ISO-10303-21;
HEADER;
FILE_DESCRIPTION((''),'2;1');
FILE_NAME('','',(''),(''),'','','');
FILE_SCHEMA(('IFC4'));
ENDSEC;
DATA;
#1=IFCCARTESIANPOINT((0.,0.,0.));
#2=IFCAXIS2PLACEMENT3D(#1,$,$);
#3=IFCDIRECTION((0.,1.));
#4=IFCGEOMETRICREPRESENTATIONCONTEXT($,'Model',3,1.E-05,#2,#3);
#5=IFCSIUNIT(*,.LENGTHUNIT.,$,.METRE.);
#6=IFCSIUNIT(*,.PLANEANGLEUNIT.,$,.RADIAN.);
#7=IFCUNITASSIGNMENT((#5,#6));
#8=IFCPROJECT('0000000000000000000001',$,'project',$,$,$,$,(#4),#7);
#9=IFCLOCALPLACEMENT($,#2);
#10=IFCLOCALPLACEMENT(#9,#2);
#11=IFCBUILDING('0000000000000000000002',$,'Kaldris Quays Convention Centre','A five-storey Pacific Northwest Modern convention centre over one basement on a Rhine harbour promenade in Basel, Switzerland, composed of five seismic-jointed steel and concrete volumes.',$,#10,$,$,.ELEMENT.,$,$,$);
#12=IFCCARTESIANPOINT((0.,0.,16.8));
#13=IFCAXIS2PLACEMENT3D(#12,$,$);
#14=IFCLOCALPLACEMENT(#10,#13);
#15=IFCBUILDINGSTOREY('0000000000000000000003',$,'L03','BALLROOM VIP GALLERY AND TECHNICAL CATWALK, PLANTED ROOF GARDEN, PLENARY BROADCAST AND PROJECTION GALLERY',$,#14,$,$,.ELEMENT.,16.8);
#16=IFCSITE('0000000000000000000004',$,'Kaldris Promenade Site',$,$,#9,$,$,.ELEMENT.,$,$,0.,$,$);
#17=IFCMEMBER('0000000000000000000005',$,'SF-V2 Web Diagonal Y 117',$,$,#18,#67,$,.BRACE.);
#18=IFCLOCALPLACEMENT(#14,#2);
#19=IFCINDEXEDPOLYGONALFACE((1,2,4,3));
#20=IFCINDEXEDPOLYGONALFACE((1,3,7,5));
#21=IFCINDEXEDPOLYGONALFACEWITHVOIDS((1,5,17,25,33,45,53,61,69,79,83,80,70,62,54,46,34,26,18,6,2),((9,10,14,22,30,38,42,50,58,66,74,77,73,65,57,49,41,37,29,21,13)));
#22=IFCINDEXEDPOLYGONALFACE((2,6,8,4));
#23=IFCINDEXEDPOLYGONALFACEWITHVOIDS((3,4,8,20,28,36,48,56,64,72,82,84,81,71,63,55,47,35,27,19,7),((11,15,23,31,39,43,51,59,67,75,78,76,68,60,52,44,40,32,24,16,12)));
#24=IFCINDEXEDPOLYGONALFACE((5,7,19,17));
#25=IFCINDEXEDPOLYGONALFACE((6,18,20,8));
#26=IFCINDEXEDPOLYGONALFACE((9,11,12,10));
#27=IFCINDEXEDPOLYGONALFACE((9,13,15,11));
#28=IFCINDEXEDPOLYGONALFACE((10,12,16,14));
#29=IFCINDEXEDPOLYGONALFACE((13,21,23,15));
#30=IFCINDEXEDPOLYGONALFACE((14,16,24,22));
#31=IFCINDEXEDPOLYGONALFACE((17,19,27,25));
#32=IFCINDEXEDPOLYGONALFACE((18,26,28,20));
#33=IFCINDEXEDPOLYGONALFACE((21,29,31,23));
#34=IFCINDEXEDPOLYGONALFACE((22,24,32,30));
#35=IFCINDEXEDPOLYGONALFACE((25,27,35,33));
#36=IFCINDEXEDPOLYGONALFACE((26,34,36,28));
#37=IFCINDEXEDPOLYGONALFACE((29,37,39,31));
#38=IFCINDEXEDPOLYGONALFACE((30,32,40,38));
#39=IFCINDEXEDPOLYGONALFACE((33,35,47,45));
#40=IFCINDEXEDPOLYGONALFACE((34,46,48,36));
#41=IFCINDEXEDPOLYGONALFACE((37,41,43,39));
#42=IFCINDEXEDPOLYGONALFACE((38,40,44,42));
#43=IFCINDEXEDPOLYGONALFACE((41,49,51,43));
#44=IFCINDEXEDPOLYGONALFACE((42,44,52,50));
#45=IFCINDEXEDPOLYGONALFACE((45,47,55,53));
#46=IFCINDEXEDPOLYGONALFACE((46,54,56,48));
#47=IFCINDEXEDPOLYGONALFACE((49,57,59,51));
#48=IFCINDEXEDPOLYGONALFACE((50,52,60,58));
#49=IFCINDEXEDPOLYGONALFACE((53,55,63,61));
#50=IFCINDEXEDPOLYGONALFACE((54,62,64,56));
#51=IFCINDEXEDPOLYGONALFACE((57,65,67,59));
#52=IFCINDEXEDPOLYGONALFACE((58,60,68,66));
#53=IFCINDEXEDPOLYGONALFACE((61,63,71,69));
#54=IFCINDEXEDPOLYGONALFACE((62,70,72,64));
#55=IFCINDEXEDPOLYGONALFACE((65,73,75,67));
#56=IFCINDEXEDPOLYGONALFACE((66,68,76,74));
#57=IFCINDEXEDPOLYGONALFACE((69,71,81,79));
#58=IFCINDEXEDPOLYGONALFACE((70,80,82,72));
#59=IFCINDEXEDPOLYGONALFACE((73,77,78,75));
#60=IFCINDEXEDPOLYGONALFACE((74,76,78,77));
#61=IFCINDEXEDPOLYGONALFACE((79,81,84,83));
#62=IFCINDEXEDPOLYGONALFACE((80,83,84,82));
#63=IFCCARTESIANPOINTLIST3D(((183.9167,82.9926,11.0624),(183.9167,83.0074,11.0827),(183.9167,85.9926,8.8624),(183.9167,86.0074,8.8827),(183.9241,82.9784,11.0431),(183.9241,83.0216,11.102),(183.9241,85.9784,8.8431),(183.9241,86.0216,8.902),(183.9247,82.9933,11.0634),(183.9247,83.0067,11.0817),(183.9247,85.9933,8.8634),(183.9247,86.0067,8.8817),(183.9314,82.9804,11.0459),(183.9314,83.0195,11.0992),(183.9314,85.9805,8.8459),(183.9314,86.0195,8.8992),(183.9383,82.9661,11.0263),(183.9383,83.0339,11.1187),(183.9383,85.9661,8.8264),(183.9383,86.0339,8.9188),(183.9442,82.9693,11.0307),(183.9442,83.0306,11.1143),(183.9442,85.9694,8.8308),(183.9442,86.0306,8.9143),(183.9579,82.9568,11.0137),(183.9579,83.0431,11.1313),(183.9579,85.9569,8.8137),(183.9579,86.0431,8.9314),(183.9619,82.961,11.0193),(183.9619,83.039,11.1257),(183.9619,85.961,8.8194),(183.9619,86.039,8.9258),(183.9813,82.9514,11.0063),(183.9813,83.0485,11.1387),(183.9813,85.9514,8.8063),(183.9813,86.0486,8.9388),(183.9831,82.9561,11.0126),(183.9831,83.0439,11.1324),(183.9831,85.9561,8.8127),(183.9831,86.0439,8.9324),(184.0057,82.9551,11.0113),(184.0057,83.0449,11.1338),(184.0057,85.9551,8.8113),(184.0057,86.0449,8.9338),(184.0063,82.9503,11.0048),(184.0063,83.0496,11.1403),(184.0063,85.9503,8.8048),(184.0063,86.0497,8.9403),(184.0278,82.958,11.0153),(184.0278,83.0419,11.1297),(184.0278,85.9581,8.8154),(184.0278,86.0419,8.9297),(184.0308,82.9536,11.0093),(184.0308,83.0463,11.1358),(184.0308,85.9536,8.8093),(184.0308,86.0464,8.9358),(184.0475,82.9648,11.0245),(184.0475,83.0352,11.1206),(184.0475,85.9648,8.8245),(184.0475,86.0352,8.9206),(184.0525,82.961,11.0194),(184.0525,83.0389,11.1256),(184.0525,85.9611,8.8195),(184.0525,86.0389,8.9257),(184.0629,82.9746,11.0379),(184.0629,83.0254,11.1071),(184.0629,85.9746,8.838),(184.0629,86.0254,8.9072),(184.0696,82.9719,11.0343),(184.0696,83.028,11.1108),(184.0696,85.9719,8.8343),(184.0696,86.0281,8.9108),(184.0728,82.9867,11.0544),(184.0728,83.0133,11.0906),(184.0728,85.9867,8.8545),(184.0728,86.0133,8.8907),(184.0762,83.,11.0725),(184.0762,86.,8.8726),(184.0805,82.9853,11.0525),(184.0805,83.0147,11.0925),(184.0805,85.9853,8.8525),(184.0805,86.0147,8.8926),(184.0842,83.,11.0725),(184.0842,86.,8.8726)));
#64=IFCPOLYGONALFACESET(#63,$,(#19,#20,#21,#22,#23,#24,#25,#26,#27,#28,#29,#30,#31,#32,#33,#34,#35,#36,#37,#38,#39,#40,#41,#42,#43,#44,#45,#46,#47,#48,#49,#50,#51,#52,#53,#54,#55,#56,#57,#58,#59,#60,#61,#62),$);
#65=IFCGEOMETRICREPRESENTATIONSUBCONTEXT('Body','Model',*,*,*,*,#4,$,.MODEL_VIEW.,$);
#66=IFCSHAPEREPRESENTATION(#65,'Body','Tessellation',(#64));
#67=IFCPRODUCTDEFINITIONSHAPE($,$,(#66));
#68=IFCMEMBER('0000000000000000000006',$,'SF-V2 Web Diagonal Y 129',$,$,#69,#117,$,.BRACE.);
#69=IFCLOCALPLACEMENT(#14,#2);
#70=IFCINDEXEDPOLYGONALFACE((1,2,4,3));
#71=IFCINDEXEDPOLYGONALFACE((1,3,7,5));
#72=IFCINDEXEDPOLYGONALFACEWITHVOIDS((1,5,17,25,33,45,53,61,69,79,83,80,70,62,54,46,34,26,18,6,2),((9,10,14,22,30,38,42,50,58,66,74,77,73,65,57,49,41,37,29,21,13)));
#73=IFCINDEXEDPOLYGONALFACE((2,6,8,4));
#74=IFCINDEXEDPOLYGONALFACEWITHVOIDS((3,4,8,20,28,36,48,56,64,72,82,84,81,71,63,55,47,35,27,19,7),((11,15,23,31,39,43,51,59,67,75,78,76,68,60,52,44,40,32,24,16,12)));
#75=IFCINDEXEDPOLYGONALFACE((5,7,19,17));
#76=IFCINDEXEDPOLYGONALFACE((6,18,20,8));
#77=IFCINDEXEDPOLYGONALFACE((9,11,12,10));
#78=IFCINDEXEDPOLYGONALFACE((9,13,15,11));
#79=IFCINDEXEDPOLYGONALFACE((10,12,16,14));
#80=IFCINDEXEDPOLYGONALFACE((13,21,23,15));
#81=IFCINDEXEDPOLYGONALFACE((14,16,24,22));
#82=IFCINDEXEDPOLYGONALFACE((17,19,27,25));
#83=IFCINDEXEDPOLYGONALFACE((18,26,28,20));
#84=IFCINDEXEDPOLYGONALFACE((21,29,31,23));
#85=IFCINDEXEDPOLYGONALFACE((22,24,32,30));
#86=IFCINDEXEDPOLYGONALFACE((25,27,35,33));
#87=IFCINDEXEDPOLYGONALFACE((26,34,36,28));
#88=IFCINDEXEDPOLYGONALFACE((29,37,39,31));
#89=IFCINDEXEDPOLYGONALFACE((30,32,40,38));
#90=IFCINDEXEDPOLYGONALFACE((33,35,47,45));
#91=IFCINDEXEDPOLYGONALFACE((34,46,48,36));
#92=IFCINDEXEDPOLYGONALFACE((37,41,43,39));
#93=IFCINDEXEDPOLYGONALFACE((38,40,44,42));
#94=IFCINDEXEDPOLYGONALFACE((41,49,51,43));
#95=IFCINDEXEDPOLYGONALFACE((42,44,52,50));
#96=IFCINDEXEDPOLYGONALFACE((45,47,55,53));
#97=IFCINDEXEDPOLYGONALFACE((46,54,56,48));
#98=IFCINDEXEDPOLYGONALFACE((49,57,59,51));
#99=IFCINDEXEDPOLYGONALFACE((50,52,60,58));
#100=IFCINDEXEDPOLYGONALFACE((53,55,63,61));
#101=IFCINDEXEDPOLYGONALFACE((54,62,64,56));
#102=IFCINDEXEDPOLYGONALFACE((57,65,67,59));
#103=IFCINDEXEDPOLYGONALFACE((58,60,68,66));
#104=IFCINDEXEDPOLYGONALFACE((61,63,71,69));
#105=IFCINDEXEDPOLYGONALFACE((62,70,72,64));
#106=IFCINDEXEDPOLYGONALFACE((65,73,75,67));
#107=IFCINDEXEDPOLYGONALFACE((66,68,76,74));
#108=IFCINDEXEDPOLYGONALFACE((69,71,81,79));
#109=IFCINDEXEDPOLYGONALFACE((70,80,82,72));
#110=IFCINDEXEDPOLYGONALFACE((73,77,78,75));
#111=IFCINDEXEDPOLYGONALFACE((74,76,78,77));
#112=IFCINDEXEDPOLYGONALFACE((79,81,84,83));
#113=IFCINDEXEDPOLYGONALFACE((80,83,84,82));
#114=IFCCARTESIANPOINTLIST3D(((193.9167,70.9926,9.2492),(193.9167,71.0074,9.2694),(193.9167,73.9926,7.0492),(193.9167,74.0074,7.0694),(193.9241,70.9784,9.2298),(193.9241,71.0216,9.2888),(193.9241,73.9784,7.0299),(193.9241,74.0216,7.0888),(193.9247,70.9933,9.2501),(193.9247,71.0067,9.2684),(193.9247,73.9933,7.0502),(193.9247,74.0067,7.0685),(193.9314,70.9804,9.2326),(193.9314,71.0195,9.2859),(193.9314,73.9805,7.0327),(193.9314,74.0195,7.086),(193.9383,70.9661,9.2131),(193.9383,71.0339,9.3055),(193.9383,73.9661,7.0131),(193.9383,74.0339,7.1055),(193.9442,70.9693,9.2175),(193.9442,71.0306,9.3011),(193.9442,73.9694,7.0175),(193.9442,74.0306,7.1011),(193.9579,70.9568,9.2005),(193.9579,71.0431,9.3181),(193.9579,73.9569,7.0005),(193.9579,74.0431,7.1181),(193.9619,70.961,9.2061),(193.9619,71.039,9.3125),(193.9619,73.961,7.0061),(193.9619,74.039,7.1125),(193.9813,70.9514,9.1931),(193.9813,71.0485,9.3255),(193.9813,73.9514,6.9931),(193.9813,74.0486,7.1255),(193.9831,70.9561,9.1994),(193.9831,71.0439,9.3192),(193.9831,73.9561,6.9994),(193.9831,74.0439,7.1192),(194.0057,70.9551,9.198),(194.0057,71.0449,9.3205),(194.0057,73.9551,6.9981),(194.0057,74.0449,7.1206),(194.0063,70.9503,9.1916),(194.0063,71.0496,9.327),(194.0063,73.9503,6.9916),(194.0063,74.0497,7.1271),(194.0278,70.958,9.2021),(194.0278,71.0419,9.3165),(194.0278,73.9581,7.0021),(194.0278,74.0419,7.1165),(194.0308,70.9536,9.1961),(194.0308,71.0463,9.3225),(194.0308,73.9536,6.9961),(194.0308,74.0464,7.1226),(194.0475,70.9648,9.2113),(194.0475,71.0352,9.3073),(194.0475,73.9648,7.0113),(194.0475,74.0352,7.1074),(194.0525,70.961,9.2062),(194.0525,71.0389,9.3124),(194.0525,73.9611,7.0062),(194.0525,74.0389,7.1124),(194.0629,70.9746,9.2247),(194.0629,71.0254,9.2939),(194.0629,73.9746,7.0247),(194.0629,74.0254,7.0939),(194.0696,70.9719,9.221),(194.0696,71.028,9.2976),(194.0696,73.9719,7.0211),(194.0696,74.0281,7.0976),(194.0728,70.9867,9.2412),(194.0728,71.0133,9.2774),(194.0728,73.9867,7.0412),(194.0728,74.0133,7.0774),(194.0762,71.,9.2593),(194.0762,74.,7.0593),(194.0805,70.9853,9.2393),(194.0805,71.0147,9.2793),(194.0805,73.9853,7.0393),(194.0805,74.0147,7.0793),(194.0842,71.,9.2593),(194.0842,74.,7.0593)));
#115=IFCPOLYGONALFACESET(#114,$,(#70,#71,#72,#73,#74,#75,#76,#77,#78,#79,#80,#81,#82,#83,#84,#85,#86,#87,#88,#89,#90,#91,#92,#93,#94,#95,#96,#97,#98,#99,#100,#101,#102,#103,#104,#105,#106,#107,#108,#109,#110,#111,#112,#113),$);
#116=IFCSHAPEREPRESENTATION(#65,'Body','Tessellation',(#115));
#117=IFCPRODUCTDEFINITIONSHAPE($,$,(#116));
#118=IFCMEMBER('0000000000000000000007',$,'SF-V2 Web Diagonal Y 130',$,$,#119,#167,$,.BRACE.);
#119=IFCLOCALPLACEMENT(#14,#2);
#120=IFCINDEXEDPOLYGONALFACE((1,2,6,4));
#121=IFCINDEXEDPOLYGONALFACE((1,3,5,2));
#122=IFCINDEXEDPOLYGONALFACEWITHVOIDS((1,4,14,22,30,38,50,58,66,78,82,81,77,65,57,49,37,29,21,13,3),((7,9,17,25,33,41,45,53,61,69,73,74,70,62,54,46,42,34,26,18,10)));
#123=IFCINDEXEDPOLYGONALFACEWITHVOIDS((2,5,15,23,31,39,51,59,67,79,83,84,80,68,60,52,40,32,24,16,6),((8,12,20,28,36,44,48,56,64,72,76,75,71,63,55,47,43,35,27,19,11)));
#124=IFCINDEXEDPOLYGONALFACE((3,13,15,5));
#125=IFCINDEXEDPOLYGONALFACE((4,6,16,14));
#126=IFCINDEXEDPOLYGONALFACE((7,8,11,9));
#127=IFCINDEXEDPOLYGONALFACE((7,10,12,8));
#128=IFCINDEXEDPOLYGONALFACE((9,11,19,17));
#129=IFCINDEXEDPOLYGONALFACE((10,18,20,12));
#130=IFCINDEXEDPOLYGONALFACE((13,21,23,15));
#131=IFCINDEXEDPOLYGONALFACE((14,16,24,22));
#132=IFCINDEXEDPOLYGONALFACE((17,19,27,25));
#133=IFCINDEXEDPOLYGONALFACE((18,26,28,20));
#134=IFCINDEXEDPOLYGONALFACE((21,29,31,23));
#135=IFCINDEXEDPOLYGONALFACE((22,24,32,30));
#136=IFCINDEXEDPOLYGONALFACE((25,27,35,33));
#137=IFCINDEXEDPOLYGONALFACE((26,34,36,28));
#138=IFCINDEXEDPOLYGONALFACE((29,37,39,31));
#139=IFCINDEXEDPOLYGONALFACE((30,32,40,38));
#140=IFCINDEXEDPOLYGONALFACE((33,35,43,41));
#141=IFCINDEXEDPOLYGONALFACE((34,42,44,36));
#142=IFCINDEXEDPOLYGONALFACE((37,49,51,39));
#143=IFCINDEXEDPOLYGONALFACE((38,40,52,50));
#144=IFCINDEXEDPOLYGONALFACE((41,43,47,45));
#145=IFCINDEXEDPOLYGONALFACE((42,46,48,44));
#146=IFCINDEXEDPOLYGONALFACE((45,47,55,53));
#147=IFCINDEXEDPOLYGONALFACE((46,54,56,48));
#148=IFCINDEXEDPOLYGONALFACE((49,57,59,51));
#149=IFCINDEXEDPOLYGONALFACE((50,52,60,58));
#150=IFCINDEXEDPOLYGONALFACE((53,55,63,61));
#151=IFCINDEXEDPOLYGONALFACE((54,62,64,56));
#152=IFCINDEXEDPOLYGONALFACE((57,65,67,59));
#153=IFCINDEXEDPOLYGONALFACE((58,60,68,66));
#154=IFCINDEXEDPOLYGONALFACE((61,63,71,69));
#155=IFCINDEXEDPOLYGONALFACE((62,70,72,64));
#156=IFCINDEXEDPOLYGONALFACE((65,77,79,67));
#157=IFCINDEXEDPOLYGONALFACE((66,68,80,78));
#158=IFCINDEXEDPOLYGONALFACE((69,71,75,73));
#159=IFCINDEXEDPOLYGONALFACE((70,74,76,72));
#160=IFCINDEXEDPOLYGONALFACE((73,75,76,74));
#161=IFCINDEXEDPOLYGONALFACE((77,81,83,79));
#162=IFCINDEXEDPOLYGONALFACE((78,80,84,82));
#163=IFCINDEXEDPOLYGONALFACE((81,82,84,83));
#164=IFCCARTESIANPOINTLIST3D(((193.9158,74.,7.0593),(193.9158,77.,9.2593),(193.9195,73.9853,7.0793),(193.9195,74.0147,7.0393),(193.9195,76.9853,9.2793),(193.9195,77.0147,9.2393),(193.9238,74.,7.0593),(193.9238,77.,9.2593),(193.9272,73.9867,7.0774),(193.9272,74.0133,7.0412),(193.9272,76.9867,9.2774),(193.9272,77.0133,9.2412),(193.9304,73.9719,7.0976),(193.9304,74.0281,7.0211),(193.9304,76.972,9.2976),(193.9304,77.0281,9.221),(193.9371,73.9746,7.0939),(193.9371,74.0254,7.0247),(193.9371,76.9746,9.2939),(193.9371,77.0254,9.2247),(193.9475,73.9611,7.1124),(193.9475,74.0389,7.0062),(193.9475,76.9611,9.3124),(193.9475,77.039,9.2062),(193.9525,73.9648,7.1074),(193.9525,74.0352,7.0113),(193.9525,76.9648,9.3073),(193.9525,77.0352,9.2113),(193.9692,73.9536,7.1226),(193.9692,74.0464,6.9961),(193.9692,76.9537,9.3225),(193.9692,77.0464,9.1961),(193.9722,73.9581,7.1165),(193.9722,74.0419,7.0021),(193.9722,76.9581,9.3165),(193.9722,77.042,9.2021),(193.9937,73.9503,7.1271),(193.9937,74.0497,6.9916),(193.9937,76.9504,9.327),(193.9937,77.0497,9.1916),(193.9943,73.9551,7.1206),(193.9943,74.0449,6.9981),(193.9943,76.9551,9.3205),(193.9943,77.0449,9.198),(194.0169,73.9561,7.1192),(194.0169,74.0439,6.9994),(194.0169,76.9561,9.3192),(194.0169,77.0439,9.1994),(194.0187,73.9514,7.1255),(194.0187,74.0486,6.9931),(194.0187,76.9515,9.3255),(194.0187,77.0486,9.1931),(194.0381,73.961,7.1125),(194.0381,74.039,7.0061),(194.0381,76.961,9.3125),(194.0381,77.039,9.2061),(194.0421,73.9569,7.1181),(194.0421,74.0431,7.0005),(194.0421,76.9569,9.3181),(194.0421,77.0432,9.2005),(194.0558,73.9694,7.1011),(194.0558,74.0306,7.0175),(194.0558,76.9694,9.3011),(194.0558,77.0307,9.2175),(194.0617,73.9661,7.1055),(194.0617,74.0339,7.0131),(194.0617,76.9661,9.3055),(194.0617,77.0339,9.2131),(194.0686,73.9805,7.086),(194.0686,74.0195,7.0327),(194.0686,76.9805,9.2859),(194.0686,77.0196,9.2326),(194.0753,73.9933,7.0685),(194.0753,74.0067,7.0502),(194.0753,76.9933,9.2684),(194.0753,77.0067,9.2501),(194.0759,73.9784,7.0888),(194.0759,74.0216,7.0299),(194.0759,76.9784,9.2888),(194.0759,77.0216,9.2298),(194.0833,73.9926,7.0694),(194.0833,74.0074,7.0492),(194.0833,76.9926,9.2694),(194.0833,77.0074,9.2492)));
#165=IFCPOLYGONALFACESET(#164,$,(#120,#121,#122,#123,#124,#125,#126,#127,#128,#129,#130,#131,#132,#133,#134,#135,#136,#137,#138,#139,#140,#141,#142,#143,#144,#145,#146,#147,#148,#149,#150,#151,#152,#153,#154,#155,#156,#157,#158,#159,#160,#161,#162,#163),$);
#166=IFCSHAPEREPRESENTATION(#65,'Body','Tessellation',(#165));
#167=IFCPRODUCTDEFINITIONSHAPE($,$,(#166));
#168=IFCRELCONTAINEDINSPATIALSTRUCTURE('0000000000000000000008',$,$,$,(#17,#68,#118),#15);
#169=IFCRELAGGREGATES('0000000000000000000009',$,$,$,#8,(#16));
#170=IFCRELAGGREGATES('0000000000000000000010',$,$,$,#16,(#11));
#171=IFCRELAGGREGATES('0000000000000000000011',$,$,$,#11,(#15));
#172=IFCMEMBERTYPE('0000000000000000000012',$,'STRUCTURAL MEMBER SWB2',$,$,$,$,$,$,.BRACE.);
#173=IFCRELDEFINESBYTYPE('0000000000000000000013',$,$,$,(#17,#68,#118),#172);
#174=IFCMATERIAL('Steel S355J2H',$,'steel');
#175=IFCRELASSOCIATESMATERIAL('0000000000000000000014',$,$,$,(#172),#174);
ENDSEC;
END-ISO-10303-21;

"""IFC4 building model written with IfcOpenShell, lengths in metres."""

from ifc_helpers import new_model, si_unit, direction, frame, origin, origin_2d, place, context, subcontext, project, spatial, hollow_circle, extrude, material, material_profile, profile_set, type_object, element, save


model = new_model("IFC4")

# Units and contexts
model_context = context("Model", 3, precision=1e-05, world=origin(), true_north=direction((0.0, 1.0)))
body_context = subcontext(model_context, "Body", "Model", "MODEL_VIEW")
ifc_project = project(units=[si_unit("LENGTHUNIT", "METRE"), si_unit("PLANEANGLEUNIT", "RADIAN")], contexts=[model_context])

# Site, building, storey
site_placement = place(None, origin())
site = spatial("IfcSite", under=ifc_project, at=site_placement, Name="Kaldris Promenade Site", CompositionType="ELEMENT", RefElevation=0.0)
building_placement = place(site_placement, origin())
building = spatial("IfcBuilding", under=site, at=building_placement, Name="Kaldris Quays Convention Centre", Description="A five-storey Pacific Northwest Modern convention centre over one basement on a Rhine harbour promenade in Basel, Switzerland, composed of five seismic-jointed steel and concrete volumes.", CompositionType="ELEMENT")
storey_placement = place(building_placement, frame((0.0, 0.0, 16.8)))
storey = spatial("IfcBuildingStorey", under=building, at=storey_placement, Name="L03", Description="BALLROOM VIP GALLERY AND TECHNICAL CATWALK, PLANTED ROOF GARDEN, PLENARY BROADCAST AND PROJECTION GALLERY", CompositionType="ELEMENT", Elevation=16.8)

# Members
ifc_material_1 = material(Name="Steel S355J2H", Category="steel")
ifc_material_profile_1 = material_profile(ifc_material_1, hollow_circle(Radius=0.0842, WallThickness=0.0081, at=origin_2d()), Name="CHS 168.3x8")
ifc_profile_set_1 = profile_set([ifc_material_profile_1], Name="Steel S355J2H")
member_type_1 = type_object("IfcMemberType", Name="STRUCTURAL MEMBER SWB2", PredefinedType="BRACE", material=ifc_profile_set_1)
for number, where, z_axis, x_axis, name in (
    (1, (184.0, 86.0, 8.8726), (0.0, -0.806411, 0.591355), (1.0, 0.0, 0.0), "SF-V2 Web Diagonal Y 117"),
    (2, (194.0, 74.0, 7.0593), (0.0, -0.806411, 0.591355), (1.0, 0.0, 0.0), "SF-V2 Web Diagonal Y 129"),
    (3, (194.0, 74.0, 7.0593), (0.0, 0.806411, 0.591355), (-1.0, 0.0, 0.0), "SF-V2 Web Diagonal Y 130"),
):
    element("IfcMember", number, at=place(storey_placement, frame(where, z_axis=z_axis, x_axis=x_axis)), inside=storey, type_object=member_type_1, Name=name, PredefinedType="BRACE", context=body_context, shape_type="SweptSolid", body=[
        extrude(hollow_circle(Radius=0.0842, WallThickness=0.0081, at=origin_2d()), origin(), (0.0, 0.0, 1.0), 3.7202),
    ])

save(model, "model.ifc")
